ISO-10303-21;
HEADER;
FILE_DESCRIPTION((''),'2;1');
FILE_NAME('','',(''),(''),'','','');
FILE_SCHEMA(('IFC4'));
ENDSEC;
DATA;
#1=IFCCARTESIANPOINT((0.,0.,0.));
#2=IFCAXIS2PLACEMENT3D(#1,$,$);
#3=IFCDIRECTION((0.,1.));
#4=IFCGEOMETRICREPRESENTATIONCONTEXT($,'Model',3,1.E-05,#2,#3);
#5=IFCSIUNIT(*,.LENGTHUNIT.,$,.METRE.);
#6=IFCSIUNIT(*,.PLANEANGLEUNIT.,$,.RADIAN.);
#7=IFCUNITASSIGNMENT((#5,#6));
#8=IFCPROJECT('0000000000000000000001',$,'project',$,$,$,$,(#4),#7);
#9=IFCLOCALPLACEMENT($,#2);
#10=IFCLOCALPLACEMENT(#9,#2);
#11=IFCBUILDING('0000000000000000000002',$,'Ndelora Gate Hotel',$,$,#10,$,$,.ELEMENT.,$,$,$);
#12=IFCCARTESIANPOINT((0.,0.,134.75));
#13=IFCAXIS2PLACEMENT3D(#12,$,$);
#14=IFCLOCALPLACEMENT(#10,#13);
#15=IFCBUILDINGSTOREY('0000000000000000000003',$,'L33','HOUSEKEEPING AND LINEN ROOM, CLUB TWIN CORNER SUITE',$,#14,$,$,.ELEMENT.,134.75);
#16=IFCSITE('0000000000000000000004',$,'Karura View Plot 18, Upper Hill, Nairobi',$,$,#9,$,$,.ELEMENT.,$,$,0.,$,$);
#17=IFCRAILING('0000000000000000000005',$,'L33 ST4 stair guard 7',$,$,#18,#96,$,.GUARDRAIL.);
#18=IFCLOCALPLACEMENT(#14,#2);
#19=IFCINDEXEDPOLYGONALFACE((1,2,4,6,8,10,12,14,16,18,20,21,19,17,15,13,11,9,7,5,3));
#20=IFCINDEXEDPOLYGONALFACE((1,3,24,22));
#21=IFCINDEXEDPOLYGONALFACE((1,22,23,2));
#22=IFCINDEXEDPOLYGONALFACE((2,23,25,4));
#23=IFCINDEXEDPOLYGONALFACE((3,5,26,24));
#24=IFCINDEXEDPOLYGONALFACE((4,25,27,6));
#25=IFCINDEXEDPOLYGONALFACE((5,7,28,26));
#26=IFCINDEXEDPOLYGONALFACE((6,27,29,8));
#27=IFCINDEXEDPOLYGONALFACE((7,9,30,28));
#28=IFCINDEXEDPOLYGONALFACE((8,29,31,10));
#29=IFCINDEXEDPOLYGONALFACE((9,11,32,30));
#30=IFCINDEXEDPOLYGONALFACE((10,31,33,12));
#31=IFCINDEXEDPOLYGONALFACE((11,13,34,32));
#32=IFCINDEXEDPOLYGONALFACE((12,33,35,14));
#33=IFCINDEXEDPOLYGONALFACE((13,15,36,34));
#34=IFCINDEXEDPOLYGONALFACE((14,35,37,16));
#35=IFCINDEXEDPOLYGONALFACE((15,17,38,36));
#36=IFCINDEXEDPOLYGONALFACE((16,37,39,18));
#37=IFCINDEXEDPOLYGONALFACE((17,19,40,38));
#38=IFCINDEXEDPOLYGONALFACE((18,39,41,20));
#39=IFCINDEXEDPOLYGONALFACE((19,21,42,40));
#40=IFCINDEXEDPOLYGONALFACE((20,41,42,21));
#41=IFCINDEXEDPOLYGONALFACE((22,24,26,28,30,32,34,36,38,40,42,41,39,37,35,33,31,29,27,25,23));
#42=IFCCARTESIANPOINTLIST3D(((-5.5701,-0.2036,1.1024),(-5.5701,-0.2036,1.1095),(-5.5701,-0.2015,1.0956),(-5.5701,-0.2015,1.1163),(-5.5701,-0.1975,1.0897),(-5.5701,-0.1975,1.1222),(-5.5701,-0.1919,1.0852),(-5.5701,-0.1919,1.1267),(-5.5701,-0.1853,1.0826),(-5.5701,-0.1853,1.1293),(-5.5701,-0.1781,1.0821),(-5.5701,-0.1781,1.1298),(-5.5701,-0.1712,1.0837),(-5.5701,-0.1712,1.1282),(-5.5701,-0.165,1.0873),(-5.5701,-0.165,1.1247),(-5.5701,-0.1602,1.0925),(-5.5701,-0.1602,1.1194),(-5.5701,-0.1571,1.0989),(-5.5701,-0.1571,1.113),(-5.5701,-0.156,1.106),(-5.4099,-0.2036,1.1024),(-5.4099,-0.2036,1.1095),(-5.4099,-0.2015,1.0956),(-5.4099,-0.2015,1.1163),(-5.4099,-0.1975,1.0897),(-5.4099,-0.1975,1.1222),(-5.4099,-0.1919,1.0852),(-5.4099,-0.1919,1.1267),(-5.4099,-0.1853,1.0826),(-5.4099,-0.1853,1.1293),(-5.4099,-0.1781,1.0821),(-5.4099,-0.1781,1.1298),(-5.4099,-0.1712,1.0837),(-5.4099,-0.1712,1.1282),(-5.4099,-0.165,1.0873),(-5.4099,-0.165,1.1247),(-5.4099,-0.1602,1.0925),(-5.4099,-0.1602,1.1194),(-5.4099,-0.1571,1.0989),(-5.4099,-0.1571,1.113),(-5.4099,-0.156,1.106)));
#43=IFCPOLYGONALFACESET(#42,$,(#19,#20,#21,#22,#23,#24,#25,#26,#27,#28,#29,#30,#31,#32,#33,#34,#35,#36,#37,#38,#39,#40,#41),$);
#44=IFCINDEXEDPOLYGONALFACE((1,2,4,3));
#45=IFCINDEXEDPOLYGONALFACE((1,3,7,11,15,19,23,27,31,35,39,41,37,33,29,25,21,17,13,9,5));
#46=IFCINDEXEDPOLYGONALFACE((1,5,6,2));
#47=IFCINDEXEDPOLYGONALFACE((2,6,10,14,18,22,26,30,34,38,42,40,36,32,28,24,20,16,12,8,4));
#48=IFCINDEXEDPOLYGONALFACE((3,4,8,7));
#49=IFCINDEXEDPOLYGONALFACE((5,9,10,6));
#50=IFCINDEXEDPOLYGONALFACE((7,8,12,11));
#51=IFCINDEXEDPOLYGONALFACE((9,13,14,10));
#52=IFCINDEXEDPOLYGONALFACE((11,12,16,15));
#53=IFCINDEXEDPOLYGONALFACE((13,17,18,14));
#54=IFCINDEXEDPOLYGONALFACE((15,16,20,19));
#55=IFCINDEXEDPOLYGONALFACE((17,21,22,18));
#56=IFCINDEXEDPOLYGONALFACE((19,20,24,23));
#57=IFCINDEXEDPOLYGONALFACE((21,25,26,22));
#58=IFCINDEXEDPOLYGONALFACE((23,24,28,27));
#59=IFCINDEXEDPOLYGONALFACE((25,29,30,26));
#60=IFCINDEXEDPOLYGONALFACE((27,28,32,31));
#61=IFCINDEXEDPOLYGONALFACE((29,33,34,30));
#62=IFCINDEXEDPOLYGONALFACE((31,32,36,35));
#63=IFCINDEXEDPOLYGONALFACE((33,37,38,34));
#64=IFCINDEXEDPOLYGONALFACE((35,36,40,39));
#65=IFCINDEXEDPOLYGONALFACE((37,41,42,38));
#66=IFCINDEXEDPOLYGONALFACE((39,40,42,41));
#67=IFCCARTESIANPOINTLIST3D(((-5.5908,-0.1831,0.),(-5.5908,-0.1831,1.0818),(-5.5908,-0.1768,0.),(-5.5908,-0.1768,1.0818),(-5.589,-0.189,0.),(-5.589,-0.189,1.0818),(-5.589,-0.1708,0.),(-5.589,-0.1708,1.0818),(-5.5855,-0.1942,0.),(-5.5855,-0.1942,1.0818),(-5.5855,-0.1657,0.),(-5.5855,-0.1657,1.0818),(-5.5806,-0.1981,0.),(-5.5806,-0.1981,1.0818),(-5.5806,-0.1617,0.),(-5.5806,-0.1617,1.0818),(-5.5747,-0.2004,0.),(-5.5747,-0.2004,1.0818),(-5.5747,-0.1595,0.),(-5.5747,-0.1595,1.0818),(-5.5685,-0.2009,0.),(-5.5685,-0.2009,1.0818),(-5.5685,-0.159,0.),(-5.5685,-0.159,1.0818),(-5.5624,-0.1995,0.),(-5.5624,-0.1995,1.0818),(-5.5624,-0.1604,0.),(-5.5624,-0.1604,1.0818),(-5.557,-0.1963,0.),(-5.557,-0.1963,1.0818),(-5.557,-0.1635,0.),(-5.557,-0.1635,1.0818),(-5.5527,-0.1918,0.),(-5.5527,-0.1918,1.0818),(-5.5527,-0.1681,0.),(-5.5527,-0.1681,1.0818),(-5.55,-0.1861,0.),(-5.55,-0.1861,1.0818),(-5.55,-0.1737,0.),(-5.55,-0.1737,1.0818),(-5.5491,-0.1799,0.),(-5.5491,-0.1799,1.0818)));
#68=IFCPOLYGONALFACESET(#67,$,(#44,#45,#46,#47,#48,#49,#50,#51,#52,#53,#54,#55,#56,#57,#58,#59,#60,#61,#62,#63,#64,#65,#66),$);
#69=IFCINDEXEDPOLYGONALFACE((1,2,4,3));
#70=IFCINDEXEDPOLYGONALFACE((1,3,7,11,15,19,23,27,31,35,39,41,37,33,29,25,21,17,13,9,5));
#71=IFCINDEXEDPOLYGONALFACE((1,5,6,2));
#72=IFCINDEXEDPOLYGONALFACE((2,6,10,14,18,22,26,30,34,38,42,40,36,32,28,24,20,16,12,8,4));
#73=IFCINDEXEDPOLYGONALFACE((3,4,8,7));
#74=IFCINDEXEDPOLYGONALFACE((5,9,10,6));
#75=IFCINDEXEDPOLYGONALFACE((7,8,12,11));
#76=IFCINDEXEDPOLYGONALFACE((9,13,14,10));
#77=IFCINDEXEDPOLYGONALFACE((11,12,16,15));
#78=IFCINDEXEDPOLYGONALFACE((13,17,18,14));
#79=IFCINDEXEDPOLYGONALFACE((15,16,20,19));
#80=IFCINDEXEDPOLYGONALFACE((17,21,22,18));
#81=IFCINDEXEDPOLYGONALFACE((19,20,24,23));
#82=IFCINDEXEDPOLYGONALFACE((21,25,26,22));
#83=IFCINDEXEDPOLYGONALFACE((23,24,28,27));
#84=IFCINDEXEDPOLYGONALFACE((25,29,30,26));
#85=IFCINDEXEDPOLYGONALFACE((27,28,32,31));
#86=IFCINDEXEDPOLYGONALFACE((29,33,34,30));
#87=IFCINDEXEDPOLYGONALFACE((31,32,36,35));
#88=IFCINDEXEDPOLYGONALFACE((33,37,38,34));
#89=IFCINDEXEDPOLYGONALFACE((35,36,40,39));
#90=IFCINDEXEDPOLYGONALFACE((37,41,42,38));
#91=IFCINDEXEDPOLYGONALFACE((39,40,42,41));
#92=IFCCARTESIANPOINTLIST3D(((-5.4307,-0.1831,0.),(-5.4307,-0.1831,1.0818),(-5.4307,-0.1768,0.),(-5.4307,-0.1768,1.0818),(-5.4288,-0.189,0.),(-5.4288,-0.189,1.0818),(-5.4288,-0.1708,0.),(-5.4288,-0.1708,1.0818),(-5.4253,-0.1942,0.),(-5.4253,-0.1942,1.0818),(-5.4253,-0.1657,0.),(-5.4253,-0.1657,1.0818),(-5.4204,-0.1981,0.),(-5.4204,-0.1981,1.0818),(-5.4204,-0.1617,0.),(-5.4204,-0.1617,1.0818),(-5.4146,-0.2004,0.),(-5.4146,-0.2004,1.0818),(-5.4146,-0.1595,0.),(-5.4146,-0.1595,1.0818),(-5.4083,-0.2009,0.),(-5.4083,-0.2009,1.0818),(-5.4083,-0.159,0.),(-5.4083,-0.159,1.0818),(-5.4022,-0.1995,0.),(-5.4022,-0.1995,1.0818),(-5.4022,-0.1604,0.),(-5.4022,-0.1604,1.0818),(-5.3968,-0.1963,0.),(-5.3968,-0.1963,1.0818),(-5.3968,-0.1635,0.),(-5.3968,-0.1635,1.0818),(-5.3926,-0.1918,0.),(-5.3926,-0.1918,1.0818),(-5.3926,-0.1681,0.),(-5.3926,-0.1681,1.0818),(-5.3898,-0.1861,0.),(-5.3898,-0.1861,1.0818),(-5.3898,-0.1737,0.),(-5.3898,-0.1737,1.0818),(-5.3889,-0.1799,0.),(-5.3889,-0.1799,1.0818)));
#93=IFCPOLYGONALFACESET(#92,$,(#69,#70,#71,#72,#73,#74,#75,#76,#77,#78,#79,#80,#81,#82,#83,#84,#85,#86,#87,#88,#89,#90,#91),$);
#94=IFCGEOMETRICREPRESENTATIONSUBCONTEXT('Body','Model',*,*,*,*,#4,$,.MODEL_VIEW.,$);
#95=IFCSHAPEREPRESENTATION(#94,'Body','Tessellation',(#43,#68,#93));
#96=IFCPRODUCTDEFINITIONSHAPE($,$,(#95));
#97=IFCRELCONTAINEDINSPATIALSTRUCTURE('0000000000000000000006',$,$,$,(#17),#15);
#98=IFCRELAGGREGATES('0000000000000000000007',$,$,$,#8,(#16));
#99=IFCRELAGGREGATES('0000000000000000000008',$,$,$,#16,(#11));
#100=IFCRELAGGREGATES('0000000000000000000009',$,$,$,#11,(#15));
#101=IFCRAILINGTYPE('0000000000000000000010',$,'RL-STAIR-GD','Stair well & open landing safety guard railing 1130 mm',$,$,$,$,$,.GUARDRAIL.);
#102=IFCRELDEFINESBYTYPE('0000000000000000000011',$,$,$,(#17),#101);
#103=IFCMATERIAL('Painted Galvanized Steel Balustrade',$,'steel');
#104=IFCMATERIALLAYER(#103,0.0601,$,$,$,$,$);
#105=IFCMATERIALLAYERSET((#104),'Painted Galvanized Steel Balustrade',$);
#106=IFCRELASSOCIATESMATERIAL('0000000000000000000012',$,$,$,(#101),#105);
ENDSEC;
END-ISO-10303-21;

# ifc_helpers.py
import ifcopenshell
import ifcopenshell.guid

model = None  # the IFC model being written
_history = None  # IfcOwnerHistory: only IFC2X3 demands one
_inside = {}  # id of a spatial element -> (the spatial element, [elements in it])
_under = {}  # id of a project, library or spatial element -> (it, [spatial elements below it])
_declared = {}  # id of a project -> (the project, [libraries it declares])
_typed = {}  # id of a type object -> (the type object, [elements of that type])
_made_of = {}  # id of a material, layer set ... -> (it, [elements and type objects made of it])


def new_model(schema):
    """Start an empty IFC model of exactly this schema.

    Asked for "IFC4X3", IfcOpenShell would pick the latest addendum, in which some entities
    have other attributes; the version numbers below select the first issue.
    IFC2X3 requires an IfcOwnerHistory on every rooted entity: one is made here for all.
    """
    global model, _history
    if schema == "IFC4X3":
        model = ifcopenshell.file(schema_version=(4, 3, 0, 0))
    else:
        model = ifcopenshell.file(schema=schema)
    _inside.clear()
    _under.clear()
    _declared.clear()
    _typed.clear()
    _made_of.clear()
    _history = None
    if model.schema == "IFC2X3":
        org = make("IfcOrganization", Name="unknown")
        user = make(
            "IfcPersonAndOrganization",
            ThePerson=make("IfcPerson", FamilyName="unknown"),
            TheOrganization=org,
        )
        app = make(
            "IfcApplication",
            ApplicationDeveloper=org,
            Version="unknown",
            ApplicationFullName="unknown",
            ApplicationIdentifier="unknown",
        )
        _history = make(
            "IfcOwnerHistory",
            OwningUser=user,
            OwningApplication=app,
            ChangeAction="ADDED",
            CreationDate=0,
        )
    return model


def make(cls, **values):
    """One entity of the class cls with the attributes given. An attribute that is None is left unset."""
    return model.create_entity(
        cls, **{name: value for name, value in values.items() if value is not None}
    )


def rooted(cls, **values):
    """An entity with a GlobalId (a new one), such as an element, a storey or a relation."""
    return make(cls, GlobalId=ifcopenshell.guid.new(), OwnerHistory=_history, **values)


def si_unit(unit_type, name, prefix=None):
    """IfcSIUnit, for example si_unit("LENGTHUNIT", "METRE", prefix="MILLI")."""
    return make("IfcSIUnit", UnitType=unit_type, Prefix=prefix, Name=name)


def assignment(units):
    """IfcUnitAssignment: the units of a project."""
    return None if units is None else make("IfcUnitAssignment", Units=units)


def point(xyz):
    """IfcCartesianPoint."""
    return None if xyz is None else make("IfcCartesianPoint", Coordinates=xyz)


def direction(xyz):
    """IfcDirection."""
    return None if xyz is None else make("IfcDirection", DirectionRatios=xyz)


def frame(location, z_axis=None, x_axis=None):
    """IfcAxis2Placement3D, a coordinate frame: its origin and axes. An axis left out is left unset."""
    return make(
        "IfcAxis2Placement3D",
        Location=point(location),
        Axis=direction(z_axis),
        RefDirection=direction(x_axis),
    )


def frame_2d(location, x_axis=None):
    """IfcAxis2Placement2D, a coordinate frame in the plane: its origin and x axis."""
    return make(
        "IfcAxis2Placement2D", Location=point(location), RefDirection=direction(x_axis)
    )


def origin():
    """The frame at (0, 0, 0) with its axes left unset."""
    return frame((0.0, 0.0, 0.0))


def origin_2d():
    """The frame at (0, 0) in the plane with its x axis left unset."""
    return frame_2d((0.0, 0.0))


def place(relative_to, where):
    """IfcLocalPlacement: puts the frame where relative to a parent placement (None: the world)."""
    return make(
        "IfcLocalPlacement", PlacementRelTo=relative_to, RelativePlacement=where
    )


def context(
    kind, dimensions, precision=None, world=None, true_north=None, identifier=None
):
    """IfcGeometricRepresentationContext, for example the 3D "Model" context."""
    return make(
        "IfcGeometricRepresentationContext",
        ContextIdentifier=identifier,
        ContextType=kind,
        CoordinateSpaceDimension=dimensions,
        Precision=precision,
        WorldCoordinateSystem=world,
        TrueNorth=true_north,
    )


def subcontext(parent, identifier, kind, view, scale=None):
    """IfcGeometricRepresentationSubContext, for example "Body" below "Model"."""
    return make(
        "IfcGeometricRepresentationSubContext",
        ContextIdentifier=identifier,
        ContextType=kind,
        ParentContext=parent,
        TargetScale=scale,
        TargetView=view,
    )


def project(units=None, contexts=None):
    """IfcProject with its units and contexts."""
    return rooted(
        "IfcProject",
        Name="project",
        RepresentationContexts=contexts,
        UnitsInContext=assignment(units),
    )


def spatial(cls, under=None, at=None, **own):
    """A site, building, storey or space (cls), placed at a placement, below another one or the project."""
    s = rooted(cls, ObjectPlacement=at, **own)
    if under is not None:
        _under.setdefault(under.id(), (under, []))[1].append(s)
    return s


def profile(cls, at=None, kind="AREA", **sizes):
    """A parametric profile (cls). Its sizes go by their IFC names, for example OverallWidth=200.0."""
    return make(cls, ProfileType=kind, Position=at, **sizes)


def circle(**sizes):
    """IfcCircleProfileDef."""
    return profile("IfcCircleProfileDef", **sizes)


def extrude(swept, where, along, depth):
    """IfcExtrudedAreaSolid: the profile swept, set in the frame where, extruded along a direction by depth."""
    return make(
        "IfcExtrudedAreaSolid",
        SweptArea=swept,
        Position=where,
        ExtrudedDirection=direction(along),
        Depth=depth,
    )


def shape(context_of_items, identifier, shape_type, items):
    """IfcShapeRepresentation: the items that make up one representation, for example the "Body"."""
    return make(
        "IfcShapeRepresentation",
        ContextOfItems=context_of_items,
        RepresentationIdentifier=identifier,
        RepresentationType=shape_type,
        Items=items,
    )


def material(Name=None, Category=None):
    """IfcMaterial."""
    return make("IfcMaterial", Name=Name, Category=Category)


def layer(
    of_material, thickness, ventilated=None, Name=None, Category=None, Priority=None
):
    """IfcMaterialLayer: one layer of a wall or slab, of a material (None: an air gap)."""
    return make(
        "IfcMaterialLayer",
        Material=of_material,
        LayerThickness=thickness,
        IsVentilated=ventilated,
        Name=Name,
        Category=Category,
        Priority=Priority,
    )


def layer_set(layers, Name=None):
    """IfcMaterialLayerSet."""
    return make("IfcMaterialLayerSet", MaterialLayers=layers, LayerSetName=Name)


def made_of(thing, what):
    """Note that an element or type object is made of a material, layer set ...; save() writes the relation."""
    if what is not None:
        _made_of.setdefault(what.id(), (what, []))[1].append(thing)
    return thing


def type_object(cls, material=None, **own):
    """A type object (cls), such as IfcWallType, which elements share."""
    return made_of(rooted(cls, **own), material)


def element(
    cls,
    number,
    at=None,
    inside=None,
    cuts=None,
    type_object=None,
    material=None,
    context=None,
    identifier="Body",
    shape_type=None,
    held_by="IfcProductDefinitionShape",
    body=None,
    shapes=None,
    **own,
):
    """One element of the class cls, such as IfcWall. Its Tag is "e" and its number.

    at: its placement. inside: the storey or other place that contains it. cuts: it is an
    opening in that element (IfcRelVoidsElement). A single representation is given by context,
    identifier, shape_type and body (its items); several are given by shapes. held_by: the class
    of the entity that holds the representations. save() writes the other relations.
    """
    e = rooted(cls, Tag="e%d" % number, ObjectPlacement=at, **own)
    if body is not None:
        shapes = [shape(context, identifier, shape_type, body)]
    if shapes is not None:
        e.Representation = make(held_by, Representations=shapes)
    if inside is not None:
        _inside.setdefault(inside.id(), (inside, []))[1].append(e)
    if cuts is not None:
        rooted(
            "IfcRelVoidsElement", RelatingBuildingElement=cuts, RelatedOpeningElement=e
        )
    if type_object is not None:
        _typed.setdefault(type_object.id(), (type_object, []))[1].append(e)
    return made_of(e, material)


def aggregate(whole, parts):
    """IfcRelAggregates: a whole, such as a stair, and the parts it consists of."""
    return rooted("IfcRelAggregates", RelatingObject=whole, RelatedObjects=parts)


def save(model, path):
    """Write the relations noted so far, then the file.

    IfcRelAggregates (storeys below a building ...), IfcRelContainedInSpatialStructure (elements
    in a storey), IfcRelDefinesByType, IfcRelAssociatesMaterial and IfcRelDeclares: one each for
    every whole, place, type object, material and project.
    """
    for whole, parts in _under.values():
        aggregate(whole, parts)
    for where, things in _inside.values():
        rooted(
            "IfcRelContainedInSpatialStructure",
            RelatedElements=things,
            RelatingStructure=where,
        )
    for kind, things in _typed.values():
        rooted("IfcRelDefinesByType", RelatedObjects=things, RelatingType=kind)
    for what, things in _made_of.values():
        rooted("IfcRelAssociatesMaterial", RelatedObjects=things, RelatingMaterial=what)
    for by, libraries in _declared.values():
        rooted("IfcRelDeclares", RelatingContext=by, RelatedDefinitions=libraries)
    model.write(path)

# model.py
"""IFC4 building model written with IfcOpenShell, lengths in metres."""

from ifc_helpers import new_model, si_unit, direction, frame, origin, origin_2d, place, context, subcontext, project, spatial, circle, extrude, material, layer, layer_set, type_object, element, save


model = new_model("IFC4")

# Units and contexts
model_context = context("Model", 3, precision=1e-05, world=origin(), true_north=direction((0.0, 1.0)))
body_context = subcontext(model_context, "Body", "Model", "MODEL_VIEW")
ifc_project = project(units=[si_unit("LENGTHUNIT", "METRE"), si_unit("PLANEANGLEUNIT", "RADIAN")], contexts=[model_context])

# Site, building, storey
site_placement = place(None, origin())
site = spatial("IfcSite", under=ifc_project, at=site_placement, Name="Karura View Plot 18, Upper Hill, Nairobi", CompositionType="ELEMENT", RefElevation=0.0)
building_placement = place(site_placement, origin())
building = spatial("IfcBuilding", under=site, at=building_placement, Name="Ndelora Gate Hotel", CompositionType="ELEMENT")
storey_placement = place(building_placement, frame((0.0, 0.0, 134.75)))
storey = spatial("IfcBuildingStorey", under=building, at=storey_placement, Name="L33", Description="HOUSEKEEPING AND LINEN ROOM, CLUB TWIN CORNER SUITE", CompositionType="ELEMENT", Elevation=134.75)

# Railing
ifc_material_1 = material(Name="Painted Galvanized Steel Balustrade", Category="steel")
ifc_layer_1 = layer(ifc_material_1, 0.0601)
ifc_layer_set_1 = layer_set([ifc_layer_1], Name="Painted Galvanized Steel Balustrade")
railing_type_1 = type_object("IfcRailingType", Name="RL-STAIR-GD", Description="Stair well & open landing safety guard railing 1130 mm", PredefinedType="GUARDRAIL", material=ifc_layer_set_1)
railing_1_placement = place(storey_placement, frame((-5.5701, -0.1799, 0.0)))
element("IfcRailing", 1, at=railing_1_placement, inside=storey, type_object=railing_type_1, Name="L33 ST4 stair guard 7", PredefinedType="GUARDRAIL", context=body_context, shape_type="SweptSolid", body=[
    extrude(circle(Radius=0.0239, at=origin_2d()), frame((0.0, 0.0, 1.106), z_axis=(1.0, 0.0, 0.0), x_axis=(0.0, 1.0, 0.0)), (0.0, 0.0, 1.0), 0.1602),
    extrude(circle(Radius=0.021, at=origin_2d()), origin(), (0.0, 0.0, 1.0), 1.0818),
    extrude(circle(Radius=0.021, at=origin_2d()), frame((0.1602, 0.0, 0.0)), (0.0, 0.0, 1.0), 1.0818),
])

save(model, "model.ifc")
